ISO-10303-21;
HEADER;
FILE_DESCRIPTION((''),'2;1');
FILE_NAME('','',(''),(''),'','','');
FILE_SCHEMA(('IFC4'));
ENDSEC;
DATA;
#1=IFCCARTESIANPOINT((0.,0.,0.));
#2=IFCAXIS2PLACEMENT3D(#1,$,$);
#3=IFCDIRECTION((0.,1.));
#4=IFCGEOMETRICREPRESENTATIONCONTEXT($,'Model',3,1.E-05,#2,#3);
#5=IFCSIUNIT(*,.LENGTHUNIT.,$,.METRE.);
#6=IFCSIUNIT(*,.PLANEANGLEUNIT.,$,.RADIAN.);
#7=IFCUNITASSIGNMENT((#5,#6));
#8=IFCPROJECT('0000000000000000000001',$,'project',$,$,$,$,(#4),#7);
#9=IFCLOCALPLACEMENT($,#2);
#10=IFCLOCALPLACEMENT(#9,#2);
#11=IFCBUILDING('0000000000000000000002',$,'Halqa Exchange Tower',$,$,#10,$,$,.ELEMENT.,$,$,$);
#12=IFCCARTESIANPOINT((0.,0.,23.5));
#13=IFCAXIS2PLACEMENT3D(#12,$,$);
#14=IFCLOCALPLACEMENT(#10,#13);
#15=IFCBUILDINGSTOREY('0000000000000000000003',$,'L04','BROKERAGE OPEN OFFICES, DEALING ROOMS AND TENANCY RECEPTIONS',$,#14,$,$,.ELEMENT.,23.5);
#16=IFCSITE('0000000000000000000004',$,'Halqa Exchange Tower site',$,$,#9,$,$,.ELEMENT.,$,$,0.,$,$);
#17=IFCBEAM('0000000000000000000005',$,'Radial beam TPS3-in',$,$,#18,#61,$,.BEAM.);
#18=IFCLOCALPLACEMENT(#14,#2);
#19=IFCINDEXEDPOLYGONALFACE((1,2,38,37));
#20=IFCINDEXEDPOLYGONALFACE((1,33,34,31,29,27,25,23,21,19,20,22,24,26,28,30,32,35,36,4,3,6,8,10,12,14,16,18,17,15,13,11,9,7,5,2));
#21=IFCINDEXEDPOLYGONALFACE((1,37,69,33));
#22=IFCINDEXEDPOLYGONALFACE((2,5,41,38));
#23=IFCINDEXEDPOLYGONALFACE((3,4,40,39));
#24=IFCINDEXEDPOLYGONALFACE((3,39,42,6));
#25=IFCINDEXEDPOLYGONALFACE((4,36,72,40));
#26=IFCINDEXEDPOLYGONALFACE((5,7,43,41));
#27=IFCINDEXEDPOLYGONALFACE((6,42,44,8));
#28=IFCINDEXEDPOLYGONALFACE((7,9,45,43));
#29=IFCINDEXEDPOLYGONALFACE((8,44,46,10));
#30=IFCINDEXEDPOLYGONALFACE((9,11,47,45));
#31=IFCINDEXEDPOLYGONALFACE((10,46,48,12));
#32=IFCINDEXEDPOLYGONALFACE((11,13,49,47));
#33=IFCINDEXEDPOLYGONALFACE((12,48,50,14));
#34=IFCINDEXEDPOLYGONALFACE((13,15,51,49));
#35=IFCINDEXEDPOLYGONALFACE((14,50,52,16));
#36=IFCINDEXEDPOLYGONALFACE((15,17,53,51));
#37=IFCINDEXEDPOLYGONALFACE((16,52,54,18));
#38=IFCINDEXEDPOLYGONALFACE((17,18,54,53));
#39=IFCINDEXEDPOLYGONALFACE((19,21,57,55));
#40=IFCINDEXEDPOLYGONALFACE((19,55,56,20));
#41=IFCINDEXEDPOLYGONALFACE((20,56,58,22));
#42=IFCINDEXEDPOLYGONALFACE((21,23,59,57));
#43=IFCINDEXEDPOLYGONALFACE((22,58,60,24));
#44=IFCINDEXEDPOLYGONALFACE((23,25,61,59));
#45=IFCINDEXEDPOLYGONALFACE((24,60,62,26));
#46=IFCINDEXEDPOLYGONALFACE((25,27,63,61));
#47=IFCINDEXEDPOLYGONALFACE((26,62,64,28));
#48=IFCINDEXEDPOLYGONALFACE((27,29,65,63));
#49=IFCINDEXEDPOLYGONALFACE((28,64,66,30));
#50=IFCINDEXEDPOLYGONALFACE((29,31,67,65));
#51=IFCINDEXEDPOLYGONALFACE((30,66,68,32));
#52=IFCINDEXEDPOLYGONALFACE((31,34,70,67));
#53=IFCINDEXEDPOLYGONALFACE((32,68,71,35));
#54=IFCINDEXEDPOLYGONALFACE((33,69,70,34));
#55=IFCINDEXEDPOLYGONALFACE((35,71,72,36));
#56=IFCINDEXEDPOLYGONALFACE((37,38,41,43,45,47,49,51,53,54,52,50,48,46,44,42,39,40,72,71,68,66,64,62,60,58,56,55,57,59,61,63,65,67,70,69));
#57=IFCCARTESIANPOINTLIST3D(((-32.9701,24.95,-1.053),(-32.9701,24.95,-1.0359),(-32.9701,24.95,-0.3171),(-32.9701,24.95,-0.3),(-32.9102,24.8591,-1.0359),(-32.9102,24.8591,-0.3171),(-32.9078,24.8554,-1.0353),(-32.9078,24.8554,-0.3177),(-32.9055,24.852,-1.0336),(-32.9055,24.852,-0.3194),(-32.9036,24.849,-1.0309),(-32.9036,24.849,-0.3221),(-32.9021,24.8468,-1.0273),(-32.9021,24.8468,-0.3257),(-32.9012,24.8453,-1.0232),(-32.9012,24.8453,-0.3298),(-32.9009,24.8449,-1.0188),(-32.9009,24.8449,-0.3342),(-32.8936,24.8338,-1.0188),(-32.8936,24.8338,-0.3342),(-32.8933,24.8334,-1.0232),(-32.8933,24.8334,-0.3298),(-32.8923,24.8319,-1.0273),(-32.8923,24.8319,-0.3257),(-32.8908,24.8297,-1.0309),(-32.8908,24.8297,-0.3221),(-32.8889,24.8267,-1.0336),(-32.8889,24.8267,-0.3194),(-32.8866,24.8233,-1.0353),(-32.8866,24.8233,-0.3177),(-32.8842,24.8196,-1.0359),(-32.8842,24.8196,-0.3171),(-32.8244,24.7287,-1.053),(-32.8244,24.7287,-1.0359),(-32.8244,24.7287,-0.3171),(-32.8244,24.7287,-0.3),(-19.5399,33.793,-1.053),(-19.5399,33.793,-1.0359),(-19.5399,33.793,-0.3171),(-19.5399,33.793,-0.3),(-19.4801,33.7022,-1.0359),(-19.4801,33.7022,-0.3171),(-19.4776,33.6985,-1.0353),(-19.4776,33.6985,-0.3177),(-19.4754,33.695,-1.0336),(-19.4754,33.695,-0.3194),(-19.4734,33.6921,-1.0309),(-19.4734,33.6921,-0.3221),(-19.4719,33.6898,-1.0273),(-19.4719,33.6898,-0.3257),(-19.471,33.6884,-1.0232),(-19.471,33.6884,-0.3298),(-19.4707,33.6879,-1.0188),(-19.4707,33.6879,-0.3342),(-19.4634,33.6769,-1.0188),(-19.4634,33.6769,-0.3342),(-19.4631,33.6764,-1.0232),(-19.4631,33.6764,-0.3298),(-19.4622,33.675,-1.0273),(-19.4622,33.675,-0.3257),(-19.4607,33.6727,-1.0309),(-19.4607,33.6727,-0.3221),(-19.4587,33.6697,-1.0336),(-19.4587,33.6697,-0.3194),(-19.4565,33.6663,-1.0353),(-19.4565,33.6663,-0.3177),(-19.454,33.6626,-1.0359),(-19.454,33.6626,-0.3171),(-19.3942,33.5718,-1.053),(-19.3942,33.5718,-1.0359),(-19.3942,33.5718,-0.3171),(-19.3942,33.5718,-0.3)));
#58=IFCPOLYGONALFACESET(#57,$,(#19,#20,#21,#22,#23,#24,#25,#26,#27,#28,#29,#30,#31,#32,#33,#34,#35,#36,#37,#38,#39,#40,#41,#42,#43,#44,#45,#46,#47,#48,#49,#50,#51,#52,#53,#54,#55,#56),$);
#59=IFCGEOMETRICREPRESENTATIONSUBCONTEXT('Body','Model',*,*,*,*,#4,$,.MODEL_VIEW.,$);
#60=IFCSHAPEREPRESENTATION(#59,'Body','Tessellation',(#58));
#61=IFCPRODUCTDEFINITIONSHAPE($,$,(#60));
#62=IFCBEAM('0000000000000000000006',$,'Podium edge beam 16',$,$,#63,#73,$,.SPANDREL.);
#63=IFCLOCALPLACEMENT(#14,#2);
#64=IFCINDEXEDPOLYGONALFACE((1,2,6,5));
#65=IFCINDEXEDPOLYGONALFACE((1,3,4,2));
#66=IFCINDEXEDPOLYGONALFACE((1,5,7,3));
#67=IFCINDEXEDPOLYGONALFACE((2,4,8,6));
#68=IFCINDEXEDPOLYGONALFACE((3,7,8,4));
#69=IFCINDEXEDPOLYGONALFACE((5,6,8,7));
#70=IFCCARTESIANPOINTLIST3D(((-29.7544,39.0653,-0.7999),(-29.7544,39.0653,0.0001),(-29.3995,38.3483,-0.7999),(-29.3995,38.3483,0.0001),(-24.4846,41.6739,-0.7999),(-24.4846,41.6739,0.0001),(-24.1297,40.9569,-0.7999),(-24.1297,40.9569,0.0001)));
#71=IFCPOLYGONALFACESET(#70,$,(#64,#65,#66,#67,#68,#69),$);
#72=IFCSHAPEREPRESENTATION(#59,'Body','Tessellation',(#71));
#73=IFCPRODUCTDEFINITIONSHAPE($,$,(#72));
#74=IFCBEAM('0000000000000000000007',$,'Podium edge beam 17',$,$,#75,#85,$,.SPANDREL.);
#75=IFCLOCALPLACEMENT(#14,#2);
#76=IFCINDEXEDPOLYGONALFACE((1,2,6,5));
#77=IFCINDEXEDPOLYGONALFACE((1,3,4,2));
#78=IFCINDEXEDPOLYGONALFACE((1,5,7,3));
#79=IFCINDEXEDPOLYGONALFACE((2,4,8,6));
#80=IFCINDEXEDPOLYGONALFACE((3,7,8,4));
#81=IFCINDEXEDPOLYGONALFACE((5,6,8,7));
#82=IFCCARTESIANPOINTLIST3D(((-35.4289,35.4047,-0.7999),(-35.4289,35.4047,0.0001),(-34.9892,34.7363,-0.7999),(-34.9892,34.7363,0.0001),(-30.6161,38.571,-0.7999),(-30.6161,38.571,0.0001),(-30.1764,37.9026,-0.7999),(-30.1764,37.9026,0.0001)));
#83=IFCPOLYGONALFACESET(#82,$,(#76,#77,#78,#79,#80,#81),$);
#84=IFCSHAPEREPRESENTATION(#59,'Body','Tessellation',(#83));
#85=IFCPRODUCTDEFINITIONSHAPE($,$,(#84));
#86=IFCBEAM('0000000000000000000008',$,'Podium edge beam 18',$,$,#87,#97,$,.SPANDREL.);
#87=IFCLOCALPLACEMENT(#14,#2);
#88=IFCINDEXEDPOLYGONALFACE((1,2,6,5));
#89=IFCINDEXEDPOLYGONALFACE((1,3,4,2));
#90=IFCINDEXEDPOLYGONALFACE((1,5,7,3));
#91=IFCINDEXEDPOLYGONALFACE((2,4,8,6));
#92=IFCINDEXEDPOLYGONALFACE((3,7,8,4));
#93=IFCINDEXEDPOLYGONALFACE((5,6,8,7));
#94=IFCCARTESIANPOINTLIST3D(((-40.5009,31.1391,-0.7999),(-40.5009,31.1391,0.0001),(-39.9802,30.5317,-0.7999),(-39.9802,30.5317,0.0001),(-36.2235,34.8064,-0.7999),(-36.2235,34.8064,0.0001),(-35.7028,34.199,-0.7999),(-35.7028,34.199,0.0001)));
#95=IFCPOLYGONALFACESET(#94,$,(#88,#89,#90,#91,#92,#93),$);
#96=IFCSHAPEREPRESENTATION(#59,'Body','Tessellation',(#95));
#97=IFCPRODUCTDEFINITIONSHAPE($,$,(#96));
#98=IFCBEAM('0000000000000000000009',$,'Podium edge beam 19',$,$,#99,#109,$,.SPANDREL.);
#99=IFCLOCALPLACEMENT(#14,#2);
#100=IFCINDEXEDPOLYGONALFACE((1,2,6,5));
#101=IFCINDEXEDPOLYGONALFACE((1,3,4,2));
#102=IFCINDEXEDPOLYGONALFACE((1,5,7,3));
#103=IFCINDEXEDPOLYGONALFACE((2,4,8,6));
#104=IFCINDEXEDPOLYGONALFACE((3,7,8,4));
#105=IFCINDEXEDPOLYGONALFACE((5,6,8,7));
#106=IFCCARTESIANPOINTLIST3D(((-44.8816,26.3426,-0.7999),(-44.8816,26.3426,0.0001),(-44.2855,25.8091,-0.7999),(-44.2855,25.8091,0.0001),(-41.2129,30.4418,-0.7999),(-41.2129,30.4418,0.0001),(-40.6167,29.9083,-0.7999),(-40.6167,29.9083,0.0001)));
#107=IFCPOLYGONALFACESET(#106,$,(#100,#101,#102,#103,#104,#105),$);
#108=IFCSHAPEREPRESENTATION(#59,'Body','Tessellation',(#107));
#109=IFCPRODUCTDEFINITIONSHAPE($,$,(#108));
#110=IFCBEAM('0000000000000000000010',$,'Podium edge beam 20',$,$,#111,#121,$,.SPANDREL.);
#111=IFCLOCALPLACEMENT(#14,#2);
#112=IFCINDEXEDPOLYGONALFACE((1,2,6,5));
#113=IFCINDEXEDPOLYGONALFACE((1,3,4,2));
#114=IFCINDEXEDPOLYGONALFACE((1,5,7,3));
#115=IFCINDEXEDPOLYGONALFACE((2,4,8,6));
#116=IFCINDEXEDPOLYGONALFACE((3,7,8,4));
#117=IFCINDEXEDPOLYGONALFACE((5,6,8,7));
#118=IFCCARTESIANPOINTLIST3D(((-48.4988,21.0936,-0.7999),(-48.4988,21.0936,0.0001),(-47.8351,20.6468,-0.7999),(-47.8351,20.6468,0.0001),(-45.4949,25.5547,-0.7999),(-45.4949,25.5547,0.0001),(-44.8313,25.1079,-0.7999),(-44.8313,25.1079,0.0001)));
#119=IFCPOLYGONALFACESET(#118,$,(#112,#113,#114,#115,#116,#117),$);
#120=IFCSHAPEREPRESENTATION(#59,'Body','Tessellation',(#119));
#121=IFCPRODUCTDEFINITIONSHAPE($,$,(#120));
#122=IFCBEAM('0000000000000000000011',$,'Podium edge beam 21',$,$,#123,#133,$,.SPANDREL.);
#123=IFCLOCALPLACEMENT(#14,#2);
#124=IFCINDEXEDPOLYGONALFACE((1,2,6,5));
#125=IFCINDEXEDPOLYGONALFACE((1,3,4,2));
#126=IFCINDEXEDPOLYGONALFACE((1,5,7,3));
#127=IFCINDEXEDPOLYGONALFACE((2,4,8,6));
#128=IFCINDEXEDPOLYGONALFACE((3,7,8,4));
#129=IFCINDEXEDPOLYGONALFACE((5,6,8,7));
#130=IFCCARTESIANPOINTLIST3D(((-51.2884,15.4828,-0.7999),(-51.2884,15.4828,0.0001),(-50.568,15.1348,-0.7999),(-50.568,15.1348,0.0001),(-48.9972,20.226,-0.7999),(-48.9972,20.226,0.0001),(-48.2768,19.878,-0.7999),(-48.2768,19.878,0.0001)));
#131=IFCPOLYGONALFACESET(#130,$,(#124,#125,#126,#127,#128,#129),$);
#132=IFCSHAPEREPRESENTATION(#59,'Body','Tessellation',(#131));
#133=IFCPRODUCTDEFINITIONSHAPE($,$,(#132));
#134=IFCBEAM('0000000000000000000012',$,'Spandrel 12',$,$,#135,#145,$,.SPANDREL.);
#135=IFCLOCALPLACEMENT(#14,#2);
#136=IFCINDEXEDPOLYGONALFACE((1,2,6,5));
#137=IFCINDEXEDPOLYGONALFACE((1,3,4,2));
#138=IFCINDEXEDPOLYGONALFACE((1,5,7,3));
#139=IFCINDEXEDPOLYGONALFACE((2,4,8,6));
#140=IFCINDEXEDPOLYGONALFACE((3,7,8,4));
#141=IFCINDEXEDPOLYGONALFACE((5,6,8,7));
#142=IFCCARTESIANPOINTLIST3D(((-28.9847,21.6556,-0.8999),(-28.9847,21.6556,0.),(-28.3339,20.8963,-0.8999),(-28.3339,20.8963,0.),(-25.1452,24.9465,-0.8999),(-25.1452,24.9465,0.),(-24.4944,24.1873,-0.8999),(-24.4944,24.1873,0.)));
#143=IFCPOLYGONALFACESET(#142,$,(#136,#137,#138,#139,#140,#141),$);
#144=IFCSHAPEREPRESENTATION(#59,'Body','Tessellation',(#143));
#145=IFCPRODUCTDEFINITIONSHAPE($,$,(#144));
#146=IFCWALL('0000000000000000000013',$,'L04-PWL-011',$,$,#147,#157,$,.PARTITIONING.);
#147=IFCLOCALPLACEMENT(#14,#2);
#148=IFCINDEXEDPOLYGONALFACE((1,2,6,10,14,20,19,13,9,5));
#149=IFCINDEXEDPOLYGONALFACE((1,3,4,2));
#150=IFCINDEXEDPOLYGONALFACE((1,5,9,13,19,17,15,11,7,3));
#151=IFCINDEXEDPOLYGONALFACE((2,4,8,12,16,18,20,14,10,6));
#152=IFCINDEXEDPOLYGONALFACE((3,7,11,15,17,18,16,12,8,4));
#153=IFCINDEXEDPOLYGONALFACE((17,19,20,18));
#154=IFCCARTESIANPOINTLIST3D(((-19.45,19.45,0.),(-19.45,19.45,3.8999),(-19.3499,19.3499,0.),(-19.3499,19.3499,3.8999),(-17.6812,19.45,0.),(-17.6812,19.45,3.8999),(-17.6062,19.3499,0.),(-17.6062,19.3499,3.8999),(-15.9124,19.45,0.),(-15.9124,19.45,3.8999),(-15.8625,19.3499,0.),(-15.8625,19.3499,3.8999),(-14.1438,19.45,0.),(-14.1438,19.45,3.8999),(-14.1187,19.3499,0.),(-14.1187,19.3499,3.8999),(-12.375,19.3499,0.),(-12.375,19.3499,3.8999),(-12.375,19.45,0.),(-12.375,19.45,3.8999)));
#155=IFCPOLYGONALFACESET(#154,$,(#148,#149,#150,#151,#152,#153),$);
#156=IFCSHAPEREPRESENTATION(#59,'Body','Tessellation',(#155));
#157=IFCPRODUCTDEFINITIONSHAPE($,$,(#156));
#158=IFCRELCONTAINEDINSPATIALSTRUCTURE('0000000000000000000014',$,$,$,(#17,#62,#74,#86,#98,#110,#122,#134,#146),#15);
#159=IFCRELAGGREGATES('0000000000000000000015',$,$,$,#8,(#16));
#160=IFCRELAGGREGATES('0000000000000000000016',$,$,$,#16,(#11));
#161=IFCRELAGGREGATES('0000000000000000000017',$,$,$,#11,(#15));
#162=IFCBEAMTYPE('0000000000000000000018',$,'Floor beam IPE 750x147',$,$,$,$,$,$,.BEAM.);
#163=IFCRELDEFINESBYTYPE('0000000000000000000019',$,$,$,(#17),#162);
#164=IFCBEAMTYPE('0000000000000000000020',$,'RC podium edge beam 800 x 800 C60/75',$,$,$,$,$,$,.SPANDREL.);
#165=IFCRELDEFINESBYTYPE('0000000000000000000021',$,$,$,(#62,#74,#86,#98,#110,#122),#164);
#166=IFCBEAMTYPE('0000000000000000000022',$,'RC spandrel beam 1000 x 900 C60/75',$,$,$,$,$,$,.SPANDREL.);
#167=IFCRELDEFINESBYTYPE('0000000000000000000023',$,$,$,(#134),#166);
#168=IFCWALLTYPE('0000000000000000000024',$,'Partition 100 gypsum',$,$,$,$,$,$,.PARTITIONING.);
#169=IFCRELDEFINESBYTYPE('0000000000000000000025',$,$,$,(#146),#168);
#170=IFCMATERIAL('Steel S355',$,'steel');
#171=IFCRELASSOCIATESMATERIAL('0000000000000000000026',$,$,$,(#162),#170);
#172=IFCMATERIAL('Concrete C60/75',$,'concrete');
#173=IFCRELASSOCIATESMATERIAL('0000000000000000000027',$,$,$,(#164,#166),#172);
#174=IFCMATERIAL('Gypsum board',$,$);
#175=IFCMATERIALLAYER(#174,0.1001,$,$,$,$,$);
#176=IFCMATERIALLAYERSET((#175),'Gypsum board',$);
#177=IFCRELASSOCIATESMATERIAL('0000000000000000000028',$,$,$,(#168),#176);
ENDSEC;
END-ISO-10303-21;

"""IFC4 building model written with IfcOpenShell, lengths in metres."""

from ifc_helpers import new_model, si_unit, direction, frame, origin, origin_2d, place, context, subcontext, project, spatial, polyline, rectangle, i_section, outline, extrude, material, layer, layer_set, material_profile, profile_set, type_object, element, save


model = new_model("IFC4")

# Units and contexts
model_context = context("Model", 3, precision=1e-05, world=origin(), true_north=direction((0.0, 1.0)))
body_context = subcontext(model_context, "Body", "Model", "MODEL_VIEW")
ifc_project = project(units=[si_unit("LENGTHUNIT", "METRE"), si_unit("PLANEANGLEUNIT", "RADIAN")], contexts=[model_context])

# Site, building, storey
site_placement = place(None, origin())
site = spatial("IfcSite", under=ifc_project, at=site_placement, Name="Halqa Exchange Tower site", CompositionType="ELEMENT", RefElevation=0.0)
building_placement = place(site_placement, origin())
building = spatial("IfcBuilding", under=site, at=building_placement, Name="Halqa Exchange Tower", CompositionType="ELEMENT")
storey_placement = place(building_placement, frame((0.0, 0.0, 23.5)))
storey = spatial("IfcBuildingStorey", under=building, at=storey_placement, Name="L04", Description="BROKERAGE OPEN OFFICES, DEALING ROOMS AND TENANCY RECEPTIONS", CompositionType="ELEMENT", Elevation=23.5)

# Beams
ifc_material_1 = material(Name="Steel S355", Category="steel")
ifc_material_profile_1 = material_profile(ifc_material_1, i_section(OverallWidth=0.2649, OverallDepth=0.7529, WebThickness=0.0132, FlangeThickness=0.0171, FilletRadius=0.0171, at=origin_2d()), Name="IPE 750x147")
ifc_profile_set_1 = profile_set([ifc_material_profile_1], Name="Steel S355")
beam_type_1 = type_object("IfcBeamType", Name="Floor beam IPE 750x147", PredefinedType="BEAM", material=ifc_profile_set_1)
beam_1_placement = place(storey_placement, frame((-19.467, 33.6824, -0.6765), z_axis=(-0.835206, -0.549937, 0.0), x_axis=(0.549937, -0.835206, 0.0)))
element("IfcBeam", 1, at=beam_1_placement, inside=storey, type_object=beam_type_1, Name="Radial beam TPS3-in", PredefinedType="BEAM", context=body_context, shape_type="SweptSolid", body=[
    extrude(i_section(OverallWidth=0.2649, OverallDepth=0.7529, WebThickness=0.0132, FlangeThickness=0.0171, FilletRadius=0.0171, at=origin_2d()), origin(), (0.0, 0.0, 1.0), 16.0801),
])
ifc_material_2 = material(Name="Concrete C60/75", Category="concrete")
ifc_material_profile_2 = material_profile(ifc_material_2, rectangle(XDim=0.8, YDim=0.8, at=origin_2d()), Name="800 x 800")
ifc_profile_set_2 = profile_set([ifc_material_profile_2], Name="Concrete C60/75")
beam_type_2 = type_object("IfcBeamType", Name="RC podium edge beam 800 x 800 C60/75", PredefinedType="SPANDREL", material=ifc_profile_set_2)
beam_2_placement = place(storey_placement, frame((-24.3071, 41.3154, -0.3999), z_axis=(-0.896205, -0.443639, 0.0), x_axis=(0.443639, -0.896205, 0.0)))
element("IfcBeam", 2, at=beam_2_placement, inside=storey, type_object=beam_type_2, Name="Podium edge beam 16", PredefinedType="SPANDREL", context=body_context, shape_type="SweptSolid", body=[
    extrude(rectangle(XDim=0.8, YDim=0.8, at=origin_2d()), origin(), (0.0, 0.0, 1.0), 5.8801),
])
beam_3_placement = place(storey_placement, frame((-30.3962, 38.2368, -0.3999), z_axis=(-0.835419, -0.549614, 0.0), x_axis=(0.549614, -0.835419, 0.0)))
element("IfcBeam", 3, at=beam_3_placement, inside=storey, type_object=beam_type_2, Name="Podium edge beam 17", PredefinedType="SPANDREL", context=body_context, shape_type="SweptSolid", body=[
    extrude(rectangle(XDim=0.8, YDim=0.8, at=origin_2d()), origin(), (0.0, 0.0, 1.0), 5.761),
])
beam_4_placement = place(storey_placement, frame((-35.9631, 34.5027, -0.3999), z_axis=(-0.759174, -0.650888, 0.0), x_axis=(0.650888, -0.759174, 0.0)))
element("IfcBeam", 4, at=beam_4_placement, inside=storey, type_object=beam_type_2, Name="Podium edge beam 18", PredefinedType="SPANDREL", context=body_context, shape_type="SweptSolid", body=[
    extrude(rectangle(XDim=0.8, YDim=0.8, at=origin_2d()), origin(), (0.0, 0.0, 1.0), 5.6343),
])
beam_5_placement = place(storey_placement, frame((-40.9148, 30.175, -0.3999), z_axis=(-0.666903, -0.745145, 0.0), x_axis=(0.745145, -0.666903, 0.0)))
element("IfcBeam", 5, at=beam_5_placement, inside=storey, type_object=beam_type_2, Name="Podium edge beam 19", PredefinedType="SPANDREL", context=body_context, shape_type="SweptSolid", body=[
    extrude(rectangle(XDim=0.8, YDim=0.8, at=origin_2d()), origin(), (0.0, 0.0, 1.0), 5.5012),
])
beam_6_placement = place(storey_placement, frame((-45.1631, 25.3313, -0.3999), z_axis=(-0.558528, -0.829485, 0.0), x_axis=(0.829485, -0.558528, 0.0)))
element("IfcBeam", 6, at=beam_6_placement, inside=storey, type_object=beam_type_2, Name="Podium edge beam 20", PredefinedType="SPANDREL", context=body_context, shape_type="SweptSolid", body=[
    extrude(rectangle(XDim=0.8, YDim=0.8, at=origin_2d()), origin(), (0.0, 0.0, 1.0), 5.3782),
])
beam_7_placement = place(storey_placement, frame((-48.637, 20.052, -0.3999), z_axis=(-0.434973, -0.900443, 0.0), x_axis=(0.900443, -0.434973, 0.0)))
element("IfcBeam", 7, at=beam_7_placement, inside=storey, type_object=beam_type_2, Name="Podium edge beam 21", PredefinedType="SPANDREL", context=body_context, shape_type="SweptSolid", body=[
    extrude(rectangle(XDim=0.8, YDim=0.8, at=origin_2d()), origin(), (0.0, 0.0, 1.0), 5.2676),
])
ifc_material_profile_3 = material_profile(ifc_material_2, rectangle(XDim=1.0, YDim=0.8999, at=origin_2d()), Name="1000 x 900")
ifc_profile_set_3 = profile_set([ifc_material_profile_3], Name="Concrete C60/75")
beam_type_3 = type_object("IfcBeamType", Name="RC spandrel beam 1000 x 900 C60/75", PredefinedType="SPANDREL", material=ifc_profile_set_3)
beam_8_placement = place(storey_placement, frame((-24.8198, 24.5669, -0.45), z_axis=(-0.759263, -0.650783, 0.0), x_axis=(0.650783, -0.759263, 0.0)))
element("IfcBeam", 8, at=beam_8_placement, inside=storey, type_object=beam_type_3, Name="Spandrel 12", PredefinedType="SPANDREL", context=body_context, shape_type="SweptSolid", body=[
    extrude(rectangle(XDim=1.0, YDim=0.8999, at=origin_2d()), origin(), (0.0, 0.0, 1.0), 5.0569),
])

# Wall
ifc_material_3 = material(Name="Gypsum board")
ifc_layer_1 = layer(ifc_material_3, 0.1001)
ifc_layer_set_1 = layer_set([ifc_layer_1], Name="Gypsum board")
wall_type_1 = type_object("IfcWallType", Name="Partition 100 gypsum", PredefinedType="PARTITIONING", material=ifc_layer_set_1)
wall_1_placement = place(storey_placement, frame((-19.45, 19.3999, 0.0), z_axis=(0.0, 0.0, 1.0), x_axis=(1.0, 0.0, 0.0)))
element("IfcWall", 9, at=wall_1_placement, inside=storey, type_object=wall_type_1, Name="L04-PWL-011", PredefinedType="PARTITIONING", context=body_context, shape_type="SweptSolid", body=[
    extrude(outline(polyline([(7.075, 0.05), (5.3062, 0.05), (3.5376, 0.05), (1.7688, 0.05), (0.0, 0.05), (0.1001, -0.05), (1.8438, -0.05), (3.5874, -0.05), (5.3313, -0.05), (7.075, -0.05), (7.075, 0.05)])), origin(), (0.0, 0.0, 1.0), 3.8999),
])

save(model, "model.ifc")
